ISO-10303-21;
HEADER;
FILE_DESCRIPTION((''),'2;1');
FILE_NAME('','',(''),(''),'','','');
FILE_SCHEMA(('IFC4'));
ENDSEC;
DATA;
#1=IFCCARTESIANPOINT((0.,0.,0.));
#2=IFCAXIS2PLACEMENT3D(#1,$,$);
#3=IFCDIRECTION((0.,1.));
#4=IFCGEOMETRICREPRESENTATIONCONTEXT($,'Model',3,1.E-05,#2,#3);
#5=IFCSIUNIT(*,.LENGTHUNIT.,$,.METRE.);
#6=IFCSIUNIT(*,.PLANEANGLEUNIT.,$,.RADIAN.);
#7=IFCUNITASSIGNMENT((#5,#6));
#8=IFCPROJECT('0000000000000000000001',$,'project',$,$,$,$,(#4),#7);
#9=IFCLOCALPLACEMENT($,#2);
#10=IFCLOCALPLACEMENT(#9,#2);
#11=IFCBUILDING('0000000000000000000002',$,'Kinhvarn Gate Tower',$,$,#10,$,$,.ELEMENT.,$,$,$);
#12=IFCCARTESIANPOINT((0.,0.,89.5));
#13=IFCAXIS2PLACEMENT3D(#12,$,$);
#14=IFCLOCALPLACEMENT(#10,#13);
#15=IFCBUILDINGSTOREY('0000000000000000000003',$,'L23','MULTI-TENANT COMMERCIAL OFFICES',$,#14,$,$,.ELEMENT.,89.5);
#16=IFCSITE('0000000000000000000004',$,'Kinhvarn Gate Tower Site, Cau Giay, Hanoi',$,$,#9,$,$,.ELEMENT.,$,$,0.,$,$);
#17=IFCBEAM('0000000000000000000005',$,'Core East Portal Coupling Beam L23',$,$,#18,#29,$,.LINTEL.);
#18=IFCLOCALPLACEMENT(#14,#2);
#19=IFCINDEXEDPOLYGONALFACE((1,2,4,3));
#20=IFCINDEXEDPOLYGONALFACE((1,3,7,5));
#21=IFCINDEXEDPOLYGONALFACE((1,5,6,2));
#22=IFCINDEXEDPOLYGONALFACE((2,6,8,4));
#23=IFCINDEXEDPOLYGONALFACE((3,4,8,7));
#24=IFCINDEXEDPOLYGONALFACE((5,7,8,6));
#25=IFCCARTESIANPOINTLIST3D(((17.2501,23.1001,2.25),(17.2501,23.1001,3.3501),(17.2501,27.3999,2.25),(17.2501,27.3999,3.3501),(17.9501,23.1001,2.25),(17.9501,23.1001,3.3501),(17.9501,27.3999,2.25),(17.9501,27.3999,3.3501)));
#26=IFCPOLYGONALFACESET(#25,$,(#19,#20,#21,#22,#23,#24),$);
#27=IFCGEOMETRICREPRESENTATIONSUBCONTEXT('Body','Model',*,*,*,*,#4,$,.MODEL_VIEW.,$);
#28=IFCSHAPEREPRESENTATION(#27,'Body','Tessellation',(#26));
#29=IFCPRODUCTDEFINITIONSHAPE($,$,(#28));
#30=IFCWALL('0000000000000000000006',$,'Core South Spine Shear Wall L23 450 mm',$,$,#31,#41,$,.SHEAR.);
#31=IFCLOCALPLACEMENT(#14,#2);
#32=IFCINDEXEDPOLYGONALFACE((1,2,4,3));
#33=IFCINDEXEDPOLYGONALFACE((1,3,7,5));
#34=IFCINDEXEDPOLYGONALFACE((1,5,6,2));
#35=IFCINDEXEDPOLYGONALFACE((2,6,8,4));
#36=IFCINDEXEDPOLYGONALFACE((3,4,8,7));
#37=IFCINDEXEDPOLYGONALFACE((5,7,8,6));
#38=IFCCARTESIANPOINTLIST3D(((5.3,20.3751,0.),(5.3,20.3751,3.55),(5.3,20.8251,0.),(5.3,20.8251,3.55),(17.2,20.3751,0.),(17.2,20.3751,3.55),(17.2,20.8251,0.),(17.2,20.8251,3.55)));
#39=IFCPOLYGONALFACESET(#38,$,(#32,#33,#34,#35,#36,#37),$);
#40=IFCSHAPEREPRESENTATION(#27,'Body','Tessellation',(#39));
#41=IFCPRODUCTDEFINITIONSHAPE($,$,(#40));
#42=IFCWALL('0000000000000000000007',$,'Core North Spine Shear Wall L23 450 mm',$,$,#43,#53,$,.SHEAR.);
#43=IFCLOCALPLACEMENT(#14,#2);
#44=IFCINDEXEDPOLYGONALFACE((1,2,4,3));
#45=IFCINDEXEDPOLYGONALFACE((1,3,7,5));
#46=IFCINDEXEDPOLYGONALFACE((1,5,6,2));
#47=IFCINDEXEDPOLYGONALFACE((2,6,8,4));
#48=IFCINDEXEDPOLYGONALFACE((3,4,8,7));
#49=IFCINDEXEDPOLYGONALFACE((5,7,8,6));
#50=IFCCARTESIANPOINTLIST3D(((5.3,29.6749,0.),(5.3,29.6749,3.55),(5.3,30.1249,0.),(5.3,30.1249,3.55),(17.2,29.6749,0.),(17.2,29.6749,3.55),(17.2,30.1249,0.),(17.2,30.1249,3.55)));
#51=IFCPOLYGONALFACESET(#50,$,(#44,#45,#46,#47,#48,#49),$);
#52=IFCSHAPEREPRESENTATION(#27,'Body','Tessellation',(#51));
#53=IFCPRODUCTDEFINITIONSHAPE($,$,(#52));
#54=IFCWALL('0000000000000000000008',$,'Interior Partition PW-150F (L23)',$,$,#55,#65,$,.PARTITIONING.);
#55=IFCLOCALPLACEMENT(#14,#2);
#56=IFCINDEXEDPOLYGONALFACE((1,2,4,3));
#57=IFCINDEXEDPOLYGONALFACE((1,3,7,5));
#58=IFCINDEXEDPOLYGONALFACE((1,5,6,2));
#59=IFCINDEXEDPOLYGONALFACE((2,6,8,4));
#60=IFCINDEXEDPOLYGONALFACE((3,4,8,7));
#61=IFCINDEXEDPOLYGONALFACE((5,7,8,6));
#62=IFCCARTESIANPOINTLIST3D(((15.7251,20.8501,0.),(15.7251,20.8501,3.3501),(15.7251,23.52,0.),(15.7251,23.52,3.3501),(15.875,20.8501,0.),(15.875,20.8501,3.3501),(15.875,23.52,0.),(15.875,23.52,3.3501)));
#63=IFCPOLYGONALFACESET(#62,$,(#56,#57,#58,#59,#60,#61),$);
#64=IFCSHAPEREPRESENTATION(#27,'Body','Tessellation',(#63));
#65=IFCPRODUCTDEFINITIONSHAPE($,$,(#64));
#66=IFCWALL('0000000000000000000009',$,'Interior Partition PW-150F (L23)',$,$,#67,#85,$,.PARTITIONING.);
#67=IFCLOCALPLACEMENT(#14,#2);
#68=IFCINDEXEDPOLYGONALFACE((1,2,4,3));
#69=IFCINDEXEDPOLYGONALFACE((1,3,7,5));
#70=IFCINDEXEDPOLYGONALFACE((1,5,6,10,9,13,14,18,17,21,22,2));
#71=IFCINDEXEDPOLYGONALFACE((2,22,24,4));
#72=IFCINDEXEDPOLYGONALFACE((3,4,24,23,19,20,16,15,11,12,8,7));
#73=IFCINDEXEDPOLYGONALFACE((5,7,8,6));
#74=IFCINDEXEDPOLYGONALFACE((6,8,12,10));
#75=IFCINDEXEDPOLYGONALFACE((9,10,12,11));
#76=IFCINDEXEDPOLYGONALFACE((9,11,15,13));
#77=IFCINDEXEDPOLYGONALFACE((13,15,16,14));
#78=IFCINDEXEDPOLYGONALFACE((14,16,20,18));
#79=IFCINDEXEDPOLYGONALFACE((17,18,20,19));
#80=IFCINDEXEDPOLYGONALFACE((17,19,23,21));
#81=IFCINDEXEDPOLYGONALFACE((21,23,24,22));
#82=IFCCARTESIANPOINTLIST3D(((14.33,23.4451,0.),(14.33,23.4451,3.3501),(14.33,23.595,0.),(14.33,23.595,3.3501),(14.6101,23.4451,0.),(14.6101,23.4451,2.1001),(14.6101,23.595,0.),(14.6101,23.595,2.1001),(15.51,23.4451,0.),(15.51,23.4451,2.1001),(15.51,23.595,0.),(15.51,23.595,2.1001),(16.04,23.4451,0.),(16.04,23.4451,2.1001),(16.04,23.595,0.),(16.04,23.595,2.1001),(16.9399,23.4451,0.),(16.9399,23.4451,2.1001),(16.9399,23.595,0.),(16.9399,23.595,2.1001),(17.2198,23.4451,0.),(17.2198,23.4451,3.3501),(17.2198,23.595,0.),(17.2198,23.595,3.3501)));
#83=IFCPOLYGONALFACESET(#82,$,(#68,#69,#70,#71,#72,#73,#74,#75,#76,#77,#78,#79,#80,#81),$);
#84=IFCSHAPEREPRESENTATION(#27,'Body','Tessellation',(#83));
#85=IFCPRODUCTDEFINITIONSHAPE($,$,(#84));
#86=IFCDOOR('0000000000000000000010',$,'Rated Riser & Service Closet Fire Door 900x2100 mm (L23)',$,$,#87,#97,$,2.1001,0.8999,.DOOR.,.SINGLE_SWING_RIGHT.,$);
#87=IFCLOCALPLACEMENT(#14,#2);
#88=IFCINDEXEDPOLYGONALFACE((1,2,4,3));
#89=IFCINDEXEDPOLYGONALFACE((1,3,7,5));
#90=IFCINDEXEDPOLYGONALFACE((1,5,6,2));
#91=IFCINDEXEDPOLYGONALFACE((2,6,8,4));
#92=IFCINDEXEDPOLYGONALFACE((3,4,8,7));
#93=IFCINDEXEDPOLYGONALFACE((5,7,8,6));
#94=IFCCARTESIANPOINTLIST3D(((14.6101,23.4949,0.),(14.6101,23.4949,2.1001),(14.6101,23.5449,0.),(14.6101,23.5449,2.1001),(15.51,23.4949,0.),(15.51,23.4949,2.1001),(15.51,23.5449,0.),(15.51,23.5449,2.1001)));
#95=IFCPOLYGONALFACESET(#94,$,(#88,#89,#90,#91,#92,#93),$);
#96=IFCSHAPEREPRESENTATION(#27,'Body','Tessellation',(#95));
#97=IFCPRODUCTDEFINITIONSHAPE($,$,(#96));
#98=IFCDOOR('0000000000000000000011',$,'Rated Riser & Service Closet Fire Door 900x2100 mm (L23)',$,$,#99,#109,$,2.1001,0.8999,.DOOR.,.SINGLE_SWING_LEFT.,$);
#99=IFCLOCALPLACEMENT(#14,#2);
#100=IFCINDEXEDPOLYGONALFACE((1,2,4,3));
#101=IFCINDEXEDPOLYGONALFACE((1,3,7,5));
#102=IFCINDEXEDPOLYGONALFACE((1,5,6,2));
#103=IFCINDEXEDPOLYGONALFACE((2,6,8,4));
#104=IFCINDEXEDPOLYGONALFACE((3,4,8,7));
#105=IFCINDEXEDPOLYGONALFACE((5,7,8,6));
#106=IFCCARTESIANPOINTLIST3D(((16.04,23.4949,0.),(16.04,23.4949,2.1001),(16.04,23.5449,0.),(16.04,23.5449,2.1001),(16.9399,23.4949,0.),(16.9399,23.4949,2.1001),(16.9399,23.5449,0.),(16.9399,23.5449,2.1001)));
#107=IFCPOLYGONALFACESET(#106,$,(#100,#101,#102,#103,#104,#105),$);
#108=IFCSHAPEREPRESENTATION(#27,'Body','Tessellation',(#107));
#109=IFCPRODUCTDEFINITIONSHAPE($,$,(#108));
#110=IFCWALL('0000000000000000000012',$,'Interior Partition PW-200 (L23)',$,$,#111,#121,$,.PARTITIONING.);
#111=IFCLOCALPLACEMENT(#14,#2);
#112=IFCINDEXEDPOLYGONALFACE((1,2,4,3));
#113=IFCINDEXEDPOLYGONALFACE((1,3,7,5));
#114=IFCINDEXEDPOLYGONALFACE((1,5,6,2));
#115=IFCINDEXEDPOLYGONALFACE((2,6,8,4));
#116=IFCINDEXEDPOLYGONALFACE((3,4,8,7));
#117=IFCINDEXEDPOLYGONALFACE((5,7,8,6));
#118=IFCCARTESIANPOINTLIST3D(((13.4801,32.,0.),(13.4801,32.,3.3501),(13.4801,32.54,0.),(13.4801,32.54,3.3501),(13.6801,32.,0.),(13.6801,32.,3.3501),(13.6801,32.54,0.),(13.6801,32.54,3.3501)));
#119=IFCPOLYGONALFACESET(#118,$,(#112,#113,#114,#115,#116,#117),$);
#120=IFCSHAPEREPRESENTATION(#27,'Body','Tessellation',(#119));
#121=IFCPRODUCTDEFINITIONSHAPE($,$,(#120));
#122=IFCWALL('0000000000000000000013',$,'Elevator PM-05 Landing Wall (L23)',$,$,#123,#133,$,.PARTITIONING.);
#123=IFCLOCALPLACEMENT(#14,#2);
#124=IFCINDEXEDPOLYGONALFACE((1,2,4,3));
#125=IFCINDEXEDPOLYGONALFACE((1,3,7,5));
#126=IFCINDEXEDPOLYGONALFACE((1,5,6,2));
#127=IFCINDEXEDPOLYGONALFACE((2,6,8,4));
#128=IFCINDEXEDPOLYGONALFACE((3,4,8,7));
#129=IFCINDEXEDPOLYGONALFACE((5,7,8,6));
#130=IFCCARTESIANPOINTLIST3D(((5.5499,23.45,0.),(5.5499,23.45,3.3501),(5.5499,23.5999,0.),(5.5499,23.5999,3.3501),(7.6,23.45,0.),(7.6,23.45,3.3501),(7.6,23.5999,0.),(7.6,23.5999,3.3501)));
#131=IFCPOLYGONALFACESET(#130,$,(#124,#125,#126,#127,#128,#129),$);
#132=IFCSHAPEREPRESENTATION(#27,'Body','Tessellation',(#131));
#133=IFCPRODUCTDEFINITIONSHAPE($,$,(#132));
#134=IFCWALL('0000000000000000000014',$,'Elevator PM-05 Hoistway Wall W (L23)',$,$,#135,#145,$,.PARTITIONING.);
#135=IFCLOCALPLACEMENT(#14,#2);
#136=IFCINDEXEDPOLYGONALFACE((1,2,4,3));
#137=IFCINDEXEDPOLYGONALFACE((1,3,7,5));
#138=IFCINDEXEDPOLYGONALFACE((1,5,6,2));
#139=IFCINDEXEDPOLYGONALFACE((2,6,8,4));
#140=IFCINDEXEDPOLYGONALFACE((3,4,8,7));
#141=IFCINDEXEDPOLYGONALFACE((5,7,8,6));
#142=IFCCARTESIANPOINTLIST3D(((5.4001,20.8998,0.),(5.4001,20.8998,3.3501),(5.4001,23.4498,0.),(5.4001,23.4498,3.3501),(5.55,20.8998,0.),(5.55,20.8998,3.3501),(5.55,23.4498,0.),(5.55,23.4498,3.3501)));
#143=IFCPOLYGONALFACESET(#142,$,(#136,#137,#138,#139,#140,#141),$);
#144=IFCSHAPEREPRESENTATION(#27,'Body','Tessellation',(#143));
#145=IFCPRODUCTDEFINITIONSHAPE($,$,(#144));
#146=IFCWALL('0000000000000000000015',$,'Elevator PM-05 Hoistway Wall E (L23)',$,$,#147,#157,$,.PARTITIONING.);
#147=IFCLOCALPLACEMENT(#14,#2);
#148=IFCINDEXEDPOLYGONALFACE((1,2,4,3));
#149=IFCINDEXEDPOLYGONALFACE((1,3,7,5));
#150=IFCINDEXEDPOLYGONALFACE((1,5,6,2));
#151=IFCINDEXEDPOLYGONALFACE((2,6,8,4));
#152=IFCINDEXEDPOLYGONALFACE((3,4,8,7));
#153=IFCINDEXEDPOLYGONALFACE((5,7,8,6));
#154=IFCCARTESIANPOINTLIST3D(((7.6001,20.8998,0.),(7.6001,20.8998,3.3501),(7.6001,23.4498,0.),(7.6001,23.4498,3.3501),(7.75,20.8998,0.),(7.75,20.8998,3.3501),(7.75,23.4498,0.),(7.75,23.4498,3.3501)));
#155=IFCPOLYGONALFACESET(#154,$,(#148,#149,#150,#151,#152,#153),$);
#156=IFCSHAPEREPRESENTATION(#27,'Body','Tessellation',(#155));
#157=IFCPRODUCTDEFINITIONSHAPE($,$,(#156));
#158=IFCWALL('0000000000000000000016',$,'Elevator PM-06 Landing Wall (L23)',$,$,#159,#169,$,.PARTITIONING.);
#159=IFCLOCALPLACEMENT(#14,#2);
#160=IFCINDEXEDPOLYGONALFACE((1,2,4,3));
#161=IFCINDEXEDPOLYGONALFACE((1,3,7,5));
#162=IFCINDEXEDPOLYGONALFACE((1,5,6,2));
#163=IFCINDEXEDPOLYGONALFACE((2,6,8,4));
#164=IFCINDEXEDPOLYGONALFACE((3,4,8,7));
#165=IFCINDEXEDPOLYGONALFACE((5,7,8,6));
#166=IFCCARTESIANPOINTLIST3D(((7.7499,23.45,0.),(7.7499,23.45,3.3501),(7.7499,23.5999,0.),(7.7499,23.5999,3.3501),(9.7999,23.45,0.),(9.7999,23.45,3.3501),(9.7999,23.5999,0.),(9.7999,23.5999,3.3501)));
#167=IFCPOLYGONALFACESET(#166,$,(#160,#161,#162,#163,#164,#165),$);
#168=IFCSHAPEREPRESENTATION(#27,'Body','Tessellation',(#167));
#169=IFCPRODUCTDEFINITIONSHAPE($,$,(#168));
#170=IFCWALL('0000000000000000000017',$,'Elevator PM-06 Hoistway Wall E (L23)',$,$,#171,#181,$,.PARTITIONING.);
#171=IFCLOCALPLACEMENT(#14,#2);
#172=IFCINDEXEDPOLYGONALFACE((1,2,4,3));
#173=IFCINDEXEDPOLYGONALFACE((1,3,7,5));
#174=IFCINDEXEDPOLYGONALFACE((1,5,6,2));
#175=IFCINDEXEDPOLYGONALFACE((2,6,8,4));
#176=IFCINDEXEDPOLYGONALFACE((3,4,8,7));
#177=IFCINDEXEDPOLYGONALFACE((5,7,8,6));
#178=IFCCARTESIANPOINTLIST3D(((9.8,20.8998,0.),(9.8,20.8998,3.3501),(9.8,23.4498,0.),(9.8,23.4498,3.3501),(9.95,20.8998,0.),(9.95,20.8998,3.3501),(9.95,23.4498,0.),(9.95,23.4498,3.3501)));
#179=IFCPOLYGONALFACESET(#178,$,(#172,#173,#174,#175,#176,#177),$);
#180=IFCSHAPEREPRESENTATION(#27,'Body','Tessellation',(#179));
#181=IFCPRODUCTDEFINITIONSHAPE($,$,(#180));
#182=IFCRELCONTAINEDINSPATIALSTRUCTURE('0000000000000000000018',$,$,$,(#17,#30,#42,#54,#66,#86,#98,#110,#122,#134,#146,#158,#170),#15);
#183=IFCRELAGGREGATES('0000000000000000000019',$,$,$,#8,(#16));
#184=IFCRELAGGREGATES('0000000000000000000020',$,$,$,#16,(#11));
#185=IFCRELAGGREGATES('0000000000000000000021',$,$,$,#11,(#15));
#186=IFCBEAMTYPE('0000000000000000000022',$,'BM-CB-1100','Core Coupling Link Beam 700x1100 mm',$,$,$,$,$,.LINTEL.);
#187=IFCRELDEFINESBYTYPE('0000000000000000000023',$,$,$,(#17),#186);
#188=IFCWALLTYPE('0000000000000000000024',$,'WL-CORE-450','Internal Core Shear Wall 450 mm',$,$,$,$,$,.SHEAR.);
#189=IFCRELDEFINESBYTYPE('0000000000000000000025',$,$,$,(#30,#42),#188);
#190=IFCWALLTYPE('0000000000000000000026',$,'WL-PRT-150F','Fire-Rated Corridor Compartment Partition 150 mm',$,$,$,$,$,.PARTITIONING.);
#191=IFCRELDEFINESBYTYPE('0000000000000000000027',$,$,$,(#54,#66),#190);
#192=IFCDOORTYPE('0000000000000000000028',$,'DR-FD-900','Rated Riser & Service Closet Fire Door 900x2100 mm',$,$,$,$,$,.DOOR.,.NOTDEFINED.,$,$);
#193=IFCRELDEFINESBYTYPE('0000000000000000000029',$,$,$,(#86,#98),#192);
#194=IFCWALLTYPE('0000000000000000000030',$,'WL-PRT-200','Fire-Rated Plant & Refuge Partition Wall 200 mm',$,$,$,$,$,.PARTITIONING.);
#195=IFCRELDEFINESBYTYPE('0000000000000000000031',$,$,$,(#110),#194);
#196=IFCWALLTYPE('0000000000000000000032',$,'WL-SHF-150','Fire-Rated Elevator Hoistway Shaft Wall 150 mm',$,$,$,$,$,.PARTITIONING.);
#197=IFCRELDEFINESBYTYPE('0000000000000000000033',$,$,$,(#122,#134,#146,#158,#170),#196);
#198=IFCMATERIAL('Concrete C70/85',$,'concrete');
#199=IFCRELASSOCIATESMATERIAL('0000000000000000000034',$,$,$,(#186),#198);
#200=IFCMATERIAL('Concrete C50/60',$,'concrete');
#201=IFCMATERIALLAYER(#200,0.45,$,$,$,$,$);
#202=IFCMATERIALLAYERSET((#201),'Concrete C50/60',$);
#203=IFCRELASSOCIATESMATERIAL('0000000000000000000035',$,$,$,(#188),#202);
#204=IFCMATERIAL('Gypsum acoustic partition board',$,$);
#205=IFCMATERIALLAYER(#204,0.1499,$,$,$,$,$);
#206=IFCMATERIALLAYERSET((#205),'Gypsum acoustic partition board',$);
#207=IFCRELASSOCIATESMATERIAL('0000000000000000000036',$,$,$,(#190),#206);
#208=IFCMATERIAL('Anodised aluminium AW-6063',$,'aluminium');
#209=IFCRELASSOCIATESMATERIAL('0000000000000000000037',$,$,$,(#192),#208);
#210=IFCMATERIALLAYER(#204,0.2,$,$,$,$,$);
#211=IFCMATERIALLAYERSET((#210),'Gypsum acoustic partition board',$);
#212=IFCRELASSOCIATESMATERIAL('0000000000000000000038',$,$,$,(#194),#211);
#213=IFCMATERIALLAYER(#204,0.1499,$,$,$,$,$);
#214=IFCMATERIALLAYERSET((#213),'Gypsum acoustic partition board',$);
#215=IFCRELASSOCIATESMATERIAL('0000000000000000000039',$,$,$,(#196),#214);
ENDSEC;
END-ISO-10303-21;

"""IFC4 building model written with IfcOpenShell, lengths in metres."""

from ifc_helpers import new_model, si_unit, direction, frame, frame_2d, origin, origin_2d, place, context, subcontext, project, spatial, rectangle, extrude, material, layer, layer_set, material_profile, profile_set, type_object, element, fill, save


model = new_model("IFC4")

# Units and contexts
model_context = context("Model", 3, precision=1e-05, world=origin(), true_north=direction((0.0, 1.0)))
body_context = subcontext(model_context, "Body", "Model", "MODEL_VIEW")
ifc_project = project(units=[si_unit("LENGTHUNIT", "METRE"), si_unit("PLANEANGLEUNIT", "RADIAN")], contexts=[model_context])

# Site, building, storey
site_placement = place(None, origin())
site = spatial("IfcSite", under=ifc_project, at=site_placement, Name="Kinhvarn Gate Tower Site, Cau Giay, Hanoi", CompositionType="ELEMENT", RefElevation=0.0)
building_placement = place(site_placement, origin())
building = spatial("IfcBuilding", under=site, at=building_placement, Name="Kinhvarn Gate Tower", CompositionType="ELEMENT")
storey_placement = place(building_placement, frame((0.0, 0.0, 89.5)))
storey = spatial("IfcBuildingStorey", under=building, at=storey_placement, Name="L23", Description="MULTI-TENANT COMMERCIAL OFFICES", CompositionType="ELEMENT", Elevation=89.5)

# Beam
ifc_material_1 = material(Name="Concrete C70/85", Category="concrete")
ifc_material_profile = material_profile(ifc_material_1, rectangle(XDim=0.7, YDim=1.1001, at=origin_2d()), Name="RC 700x1100")
ifc_profile_set = profile_set([ifc_material_profile], Name="Concrete C70/85")
beam_type = type_object("IfcBeamType", Name="BM-CB-1100", Description="Core Coupling Link Beam 700x1100 mm", PredefinedType="LINTEL", material=ifc_profile_set)
beam_placement = place(storey_placement, frame((17.6001, 23.1001, 2.8), z_axis=(0.0, 1.0, 0.0), x_axis=(-1.0, 0.0, 0.0)))
element("IfcBeam", 1, at=beam_placement, inside=storey, type_object=beam_type, Name="Core East Portal Coupling Beam L23", PredefinedType="LINTEL", context=body_context, shape_type="SweptSolid", body=[
    extrude(rectangle(XDim=0.7, YDim=1.1001, at=origin_2d()), origin(), (0.0, 0.0, 1.0), 4.2998),
])

# Walls
ifc_material_2 = material(Name="Concrete C50/60", Category="concrete")
ifc_layer_1 = layer(ifc_material_2, 0.45)
ifc_layer_set_1 = layer_set([ifc_layer_1], Name="Concrete C50/60")
wall_type_1 = type_object("IfcWallType", Name="WL-CORE-450", Description="Internal Core Shear Wall 450 mm", PredefinedType="SHEAR", material=ifc_layer_set_1)
for number, where, z_axis, x_axis, name in (
    (2, (5.3, 20.6001, 0.0), (0.0, 0.0, 1.0), (1.0, 0.0, 0.0), "Core South Spine Shear Wall L23 450 mm"),
    (3, (5.3, 29.8999, 0.0), (0.0, 0.0, 1.0), (1.0, 0.0, 0.0), "Core North Spine Shear Wall L23 450 mm"),
):
    element("IfcWall", number, at=place(storey_placement, frame(where, z_axis=z_axis, x_axis=x_axis)), inside=storey, type_object=wall_type_1, Name=name, PredefinedType="SHEAR", context=body_context, shape_type="SweptSolid", body=[
        extrude(rectangle(XDim=11.8999, YDim=0.45, at=frame_2d((5.95, 0.0))), origin(), (0.0, 0.0, 1.0), 3.55),
    ])
ifc_material_3 = material(Name="Gypsum acoustic partition board")
ifc_layer_2 = layer(ifc_material_3, 0.1499)
ifc_layer_set_2 = layer_set([ifc_layer_2], Name="Gypsum acoustic partition board")
wall_type_2 = type_object("IfcWallType", Name="WL-PRT-150F", Description="Fire-Rated Corridor Compartment Partition 150 mm", PredefinedType="PARTITIONING", material=ifc_layer_set_2)
wall_1_placement = place(storey_placement, frame((15.8, 20.8501, 0.0), z_axis=(0.0, 0.0, 1.0), x_axis=(0.0, 1.0, 0.0)))
element("IfcWall", 4, at=wall_1_placement, inside=storey, type_object=wall_type_2, Name="Interior Partition PW-150F (L23)", PredefinedType="PARTITIONING", context=body_context, shape_type="SweptSolid", body=[
    extrude(rectangle(XDim=2.6699, YDim=0.1499, at=frame_2d((1.335, 0.0))), origin(), (0.0, 0.0, 1.0), 3.3501),
])

# Wall, openings, doors
wall_2_placement = place(storey_placement, frame((14.3301, 23.52, 0.0), z_axis=(0.0, 0.0, 1.0), x_axis=(1.0, 0.0, 0.0)))
wall_2 = element("IfcWall", 5, at=wall_2_placement, inside=storey, type_object=wall_type_2, Name="Interior Partition PW-150F (L23)", PredefinedType="PARTITIONING", context=body_context, shape_type="SweptSolid", body=[
    extrude(rectangle(XDim=2.8899, YDim=0.1499, at=frame_2d((1.4448, 0.0))), origin(), (0.0, 0.0, 1.0), 3.3501),
])
opening_1_placement = place(wall_2_placement, frame((0.28, 0.0, 0.0)))
opening_1 = element("IfcOpeningElement", 6, at=opening_1_placement, cuts=wall_2, PredefinedType="OPENING", context=body_context, shape_type="SweptSolid", body=[
    extrude(rectangle(XDim=0.8999, YDim=2.1001, at=frame_2d((0.45, 1.05))), frame((0.0, 0.085, 0.0), z_axis=(0.0, -1.0, 0.0), x_axis=(1.0, 0.0, 0.0)), (0.0, 0.0, 1.0), 0.1699),
])
opening_2_placement = place(wall_2_placement, frame((1.71, 0.0, 0.0)))
opening_2 = element("IfcOpeningElement", 7, at=opening_2_placement, cuts=wall_2, PredefinedType="OPENING", context=body_context, shape_type="SweptSolid", body=[
    extrude(rectangle(XDim=0.8999, YDim=2.1001, at=frame_2d((0.45, 1.05))), frame((0.0, 0.085, 0.0), z_axis=(0.0, -1.0, 0.0), x_axis=(1.0, 0.0, 0.0)), (0.0, 0.0, 1.0), 0.1699),
])
ifc_material_4 = material(Name="Anodised aluminium AW-6063", Category="aluminium")
door_type_1 = type_object("IfcDoorType", Name="DR-FD-900", Description="Rated Riser & Service Closet Fire Door 900x2100 mm", OperationType="NOTDEFINED", PredefinedType="DOOR", material=ifc_material_4)
door_1_placement = place(opening_1_placement, origin())
door_1 = element("IfcDoor", 8, at=door_1_placement, inside=storey, type_object=door_type_1, Name="Rated Riser & Service Closet Fire Door 900x2100 mm (L23)", OperationType="SINGLE_SWING_RIGHT", OverallHeight=2.1001, OverallWidth=0.8999, PredefinedType="DOOR", context=body_context, shape_type="SweptSolid", body=[
    extrude(rectangle(XDim=0.8999, YDim=2.1001, at=frame_2d((0.45, 1.05))), frame((0.0, 0.0249, 0.0), z_axis=(0.0, -1.0, 0.0), x_axis=(1.0, 0.0, 0.0)), (0.0, 0.0, 1.0), 0.05),
])
fill(opening_1, door_1)
door_2_placement = place(opening_2_placement, origin())
door_2 = element("IfcDoor", 9, at=door_2_placement, inside=storey, type_object=door_type_1, Name="Rated Riser & Service Closet Fire Door 900x2100 mm (L23)", OperationType="SINGLE_SWING_LEFT", OverallHeight=2.1001, OverallWidth=0.8999, PredefinedType="DOOR", context=body_context, shape_type="SweptSolid", body=[
    extrude(rectangle(XDim=0.8999, YDim=2.1001, at=frame_2d((0.45, 1.05))), frame((0.0, 0.0249, 0.0), z_axis=(0.0, -1.0, 0.0), x_axis=(1.0, 0.0, 0.0)), (0.0, 0.0, 1.0), 0.05),
])
fill(opening_2, door_2)

# Walls
ifc_layer_3 = layer(ifc_material_3, 0.2)
ifc_layer_set_3 = layer_set([ifc_layer_3], Name="Gypsum acoustic partition board")
wall_type_3 = type_object("IfcWallType", Name="WL-PRT-200", Description="Fire-Rated Plant & Refuge Partition Wall 200 mm", PredefinedType="PARTITIONING", material=ifc_layer_set_3)
wall_3_placement = place(storey_placement, frame((13.5801, 32.0, 0.0), z_axis=(0.0, 0.0, 1.0), x_axis=(0.0, 1.0, 0.0)))
element("IfcWall", 10, at=wall_3_placement, inside=storey, type_object=wall_type_3, Name="Interior Partition PW-200 (L23)", PredefinedType="PARTITIONING", context=body_context, shape_type="SweptSolid", body=[
    extrude(rectangle(XDim=0.54, YDim=0.2, at=frame_2d((0.27, 0.0))), origin(), (0.0, 0.0, 1.0), 3.3501),
])
ifc_layer_4 = layer(ifc_material_3, 0.1499)
ifc_layer_set_4 = layer_set([ifc_layer_4], Name="Gypsum acoustic partition board")
wall_type_4 = type_object("IfcWallType", Name="WL-SHF-150", Description="Fire-Rated Elevator Hoistway Shaft Wall 150 mm", PredefinedType="PARTITIONING", material=ifc_layer_set_4)
wall_4_placement = place(storey_placement, frame((5.55, 23.5249, 0.0), z_axis=(0.0, 0.0, 1.0), x_axis=(1.0, 0.0, 0.0)))
element("IfcWall", 11, at=wall_4_placement, inside=storey, type_object=wall_type_4, Name="Elevator PM-05 Landing Wall (L23)", PredefinedType="PARTITIONING", context=body_context, shape_type="SweptSolid", body=[
    extrude(rectangle(XDim=2.05, YDim=0.1499, at=frame_2d((1.0249, 0.0))), origin(), (0.0, 0.0, 1.0), 3.3501),
])
for number, where, z_axis, x_axis, name in (
    (12, (5.4751, 20.8999, 0.0), (0.0, 0.0, 1.0), (0.0, 1.0, 0.0), "Elevator PM-05 Hoistway Wall W (L23)"),
    (13, (7.675, 20.8999, 0.0), (0.0, 0.0, 1.0), (0.0, 1.0, 0.0), "Elevator PM-05 Hoistway Wall E (L23)"),
):
    element("IfcWall", number, at=place(storey_placement, frame(where, z_axis=z_axis, x_axis=x_axis)), inside=storey, type_object=wall_type_4, Name=name, PredefinedType="PARTITIONING", context=body_context, shape_type="SweptSolid", body=[
        extrude(rectangle(XDim=2.55, YDim=0.1499, at=frame_2d((1.2749, 0.0))), origin(), (0.0, 0.0, 1.0), 3.3501),
    ])
wall_5_placement = place(storey_placement, frame((7.75, 23.5249, 0.0), z_axis=(0.0, 0.0, 1.0), x_axis=(1.0, 0.0, 0.0)))
element("IfcWall", 14, at=wall_5_placement, inside=storey, type_object=wall_type_4, Name="Elevator PM-06 Landing Wall (L23)", PredefinedType="PARTITIONING", context=body_context, shape_type="SweptSolid", body=[
    extrude(rectangle(XDim=2.05, YDim=0.1499, at=frame_2d((1.0249, 0.0))), origin(), (0.0, 0.0, 1.0), 3.3501),
])
wall_6_placement = place(storey_placement, frame((9.875, 20.8999, 0.0), z_axis=(0.0, 0.0, 1.0), x_axis=(0.0, 1.0, 0.0)))
element("IfcWall", 15, at=wall_6_placement, inside=storey, type_object=wall_type_4, Name="Elevator PM-06 Hoistway Wall E (L23)", PredefinedType="PARTITIONING", context=body_context, shape_type="SweptSolid", body=[
    extrude(rectangle(XDim=2.55, YDim=0.1499, at=frame_2d((1.2749, 0.0))), origin(), (0.0, 0.0, 1.0), 3.3501),
])

save(model, "model.ifc")
